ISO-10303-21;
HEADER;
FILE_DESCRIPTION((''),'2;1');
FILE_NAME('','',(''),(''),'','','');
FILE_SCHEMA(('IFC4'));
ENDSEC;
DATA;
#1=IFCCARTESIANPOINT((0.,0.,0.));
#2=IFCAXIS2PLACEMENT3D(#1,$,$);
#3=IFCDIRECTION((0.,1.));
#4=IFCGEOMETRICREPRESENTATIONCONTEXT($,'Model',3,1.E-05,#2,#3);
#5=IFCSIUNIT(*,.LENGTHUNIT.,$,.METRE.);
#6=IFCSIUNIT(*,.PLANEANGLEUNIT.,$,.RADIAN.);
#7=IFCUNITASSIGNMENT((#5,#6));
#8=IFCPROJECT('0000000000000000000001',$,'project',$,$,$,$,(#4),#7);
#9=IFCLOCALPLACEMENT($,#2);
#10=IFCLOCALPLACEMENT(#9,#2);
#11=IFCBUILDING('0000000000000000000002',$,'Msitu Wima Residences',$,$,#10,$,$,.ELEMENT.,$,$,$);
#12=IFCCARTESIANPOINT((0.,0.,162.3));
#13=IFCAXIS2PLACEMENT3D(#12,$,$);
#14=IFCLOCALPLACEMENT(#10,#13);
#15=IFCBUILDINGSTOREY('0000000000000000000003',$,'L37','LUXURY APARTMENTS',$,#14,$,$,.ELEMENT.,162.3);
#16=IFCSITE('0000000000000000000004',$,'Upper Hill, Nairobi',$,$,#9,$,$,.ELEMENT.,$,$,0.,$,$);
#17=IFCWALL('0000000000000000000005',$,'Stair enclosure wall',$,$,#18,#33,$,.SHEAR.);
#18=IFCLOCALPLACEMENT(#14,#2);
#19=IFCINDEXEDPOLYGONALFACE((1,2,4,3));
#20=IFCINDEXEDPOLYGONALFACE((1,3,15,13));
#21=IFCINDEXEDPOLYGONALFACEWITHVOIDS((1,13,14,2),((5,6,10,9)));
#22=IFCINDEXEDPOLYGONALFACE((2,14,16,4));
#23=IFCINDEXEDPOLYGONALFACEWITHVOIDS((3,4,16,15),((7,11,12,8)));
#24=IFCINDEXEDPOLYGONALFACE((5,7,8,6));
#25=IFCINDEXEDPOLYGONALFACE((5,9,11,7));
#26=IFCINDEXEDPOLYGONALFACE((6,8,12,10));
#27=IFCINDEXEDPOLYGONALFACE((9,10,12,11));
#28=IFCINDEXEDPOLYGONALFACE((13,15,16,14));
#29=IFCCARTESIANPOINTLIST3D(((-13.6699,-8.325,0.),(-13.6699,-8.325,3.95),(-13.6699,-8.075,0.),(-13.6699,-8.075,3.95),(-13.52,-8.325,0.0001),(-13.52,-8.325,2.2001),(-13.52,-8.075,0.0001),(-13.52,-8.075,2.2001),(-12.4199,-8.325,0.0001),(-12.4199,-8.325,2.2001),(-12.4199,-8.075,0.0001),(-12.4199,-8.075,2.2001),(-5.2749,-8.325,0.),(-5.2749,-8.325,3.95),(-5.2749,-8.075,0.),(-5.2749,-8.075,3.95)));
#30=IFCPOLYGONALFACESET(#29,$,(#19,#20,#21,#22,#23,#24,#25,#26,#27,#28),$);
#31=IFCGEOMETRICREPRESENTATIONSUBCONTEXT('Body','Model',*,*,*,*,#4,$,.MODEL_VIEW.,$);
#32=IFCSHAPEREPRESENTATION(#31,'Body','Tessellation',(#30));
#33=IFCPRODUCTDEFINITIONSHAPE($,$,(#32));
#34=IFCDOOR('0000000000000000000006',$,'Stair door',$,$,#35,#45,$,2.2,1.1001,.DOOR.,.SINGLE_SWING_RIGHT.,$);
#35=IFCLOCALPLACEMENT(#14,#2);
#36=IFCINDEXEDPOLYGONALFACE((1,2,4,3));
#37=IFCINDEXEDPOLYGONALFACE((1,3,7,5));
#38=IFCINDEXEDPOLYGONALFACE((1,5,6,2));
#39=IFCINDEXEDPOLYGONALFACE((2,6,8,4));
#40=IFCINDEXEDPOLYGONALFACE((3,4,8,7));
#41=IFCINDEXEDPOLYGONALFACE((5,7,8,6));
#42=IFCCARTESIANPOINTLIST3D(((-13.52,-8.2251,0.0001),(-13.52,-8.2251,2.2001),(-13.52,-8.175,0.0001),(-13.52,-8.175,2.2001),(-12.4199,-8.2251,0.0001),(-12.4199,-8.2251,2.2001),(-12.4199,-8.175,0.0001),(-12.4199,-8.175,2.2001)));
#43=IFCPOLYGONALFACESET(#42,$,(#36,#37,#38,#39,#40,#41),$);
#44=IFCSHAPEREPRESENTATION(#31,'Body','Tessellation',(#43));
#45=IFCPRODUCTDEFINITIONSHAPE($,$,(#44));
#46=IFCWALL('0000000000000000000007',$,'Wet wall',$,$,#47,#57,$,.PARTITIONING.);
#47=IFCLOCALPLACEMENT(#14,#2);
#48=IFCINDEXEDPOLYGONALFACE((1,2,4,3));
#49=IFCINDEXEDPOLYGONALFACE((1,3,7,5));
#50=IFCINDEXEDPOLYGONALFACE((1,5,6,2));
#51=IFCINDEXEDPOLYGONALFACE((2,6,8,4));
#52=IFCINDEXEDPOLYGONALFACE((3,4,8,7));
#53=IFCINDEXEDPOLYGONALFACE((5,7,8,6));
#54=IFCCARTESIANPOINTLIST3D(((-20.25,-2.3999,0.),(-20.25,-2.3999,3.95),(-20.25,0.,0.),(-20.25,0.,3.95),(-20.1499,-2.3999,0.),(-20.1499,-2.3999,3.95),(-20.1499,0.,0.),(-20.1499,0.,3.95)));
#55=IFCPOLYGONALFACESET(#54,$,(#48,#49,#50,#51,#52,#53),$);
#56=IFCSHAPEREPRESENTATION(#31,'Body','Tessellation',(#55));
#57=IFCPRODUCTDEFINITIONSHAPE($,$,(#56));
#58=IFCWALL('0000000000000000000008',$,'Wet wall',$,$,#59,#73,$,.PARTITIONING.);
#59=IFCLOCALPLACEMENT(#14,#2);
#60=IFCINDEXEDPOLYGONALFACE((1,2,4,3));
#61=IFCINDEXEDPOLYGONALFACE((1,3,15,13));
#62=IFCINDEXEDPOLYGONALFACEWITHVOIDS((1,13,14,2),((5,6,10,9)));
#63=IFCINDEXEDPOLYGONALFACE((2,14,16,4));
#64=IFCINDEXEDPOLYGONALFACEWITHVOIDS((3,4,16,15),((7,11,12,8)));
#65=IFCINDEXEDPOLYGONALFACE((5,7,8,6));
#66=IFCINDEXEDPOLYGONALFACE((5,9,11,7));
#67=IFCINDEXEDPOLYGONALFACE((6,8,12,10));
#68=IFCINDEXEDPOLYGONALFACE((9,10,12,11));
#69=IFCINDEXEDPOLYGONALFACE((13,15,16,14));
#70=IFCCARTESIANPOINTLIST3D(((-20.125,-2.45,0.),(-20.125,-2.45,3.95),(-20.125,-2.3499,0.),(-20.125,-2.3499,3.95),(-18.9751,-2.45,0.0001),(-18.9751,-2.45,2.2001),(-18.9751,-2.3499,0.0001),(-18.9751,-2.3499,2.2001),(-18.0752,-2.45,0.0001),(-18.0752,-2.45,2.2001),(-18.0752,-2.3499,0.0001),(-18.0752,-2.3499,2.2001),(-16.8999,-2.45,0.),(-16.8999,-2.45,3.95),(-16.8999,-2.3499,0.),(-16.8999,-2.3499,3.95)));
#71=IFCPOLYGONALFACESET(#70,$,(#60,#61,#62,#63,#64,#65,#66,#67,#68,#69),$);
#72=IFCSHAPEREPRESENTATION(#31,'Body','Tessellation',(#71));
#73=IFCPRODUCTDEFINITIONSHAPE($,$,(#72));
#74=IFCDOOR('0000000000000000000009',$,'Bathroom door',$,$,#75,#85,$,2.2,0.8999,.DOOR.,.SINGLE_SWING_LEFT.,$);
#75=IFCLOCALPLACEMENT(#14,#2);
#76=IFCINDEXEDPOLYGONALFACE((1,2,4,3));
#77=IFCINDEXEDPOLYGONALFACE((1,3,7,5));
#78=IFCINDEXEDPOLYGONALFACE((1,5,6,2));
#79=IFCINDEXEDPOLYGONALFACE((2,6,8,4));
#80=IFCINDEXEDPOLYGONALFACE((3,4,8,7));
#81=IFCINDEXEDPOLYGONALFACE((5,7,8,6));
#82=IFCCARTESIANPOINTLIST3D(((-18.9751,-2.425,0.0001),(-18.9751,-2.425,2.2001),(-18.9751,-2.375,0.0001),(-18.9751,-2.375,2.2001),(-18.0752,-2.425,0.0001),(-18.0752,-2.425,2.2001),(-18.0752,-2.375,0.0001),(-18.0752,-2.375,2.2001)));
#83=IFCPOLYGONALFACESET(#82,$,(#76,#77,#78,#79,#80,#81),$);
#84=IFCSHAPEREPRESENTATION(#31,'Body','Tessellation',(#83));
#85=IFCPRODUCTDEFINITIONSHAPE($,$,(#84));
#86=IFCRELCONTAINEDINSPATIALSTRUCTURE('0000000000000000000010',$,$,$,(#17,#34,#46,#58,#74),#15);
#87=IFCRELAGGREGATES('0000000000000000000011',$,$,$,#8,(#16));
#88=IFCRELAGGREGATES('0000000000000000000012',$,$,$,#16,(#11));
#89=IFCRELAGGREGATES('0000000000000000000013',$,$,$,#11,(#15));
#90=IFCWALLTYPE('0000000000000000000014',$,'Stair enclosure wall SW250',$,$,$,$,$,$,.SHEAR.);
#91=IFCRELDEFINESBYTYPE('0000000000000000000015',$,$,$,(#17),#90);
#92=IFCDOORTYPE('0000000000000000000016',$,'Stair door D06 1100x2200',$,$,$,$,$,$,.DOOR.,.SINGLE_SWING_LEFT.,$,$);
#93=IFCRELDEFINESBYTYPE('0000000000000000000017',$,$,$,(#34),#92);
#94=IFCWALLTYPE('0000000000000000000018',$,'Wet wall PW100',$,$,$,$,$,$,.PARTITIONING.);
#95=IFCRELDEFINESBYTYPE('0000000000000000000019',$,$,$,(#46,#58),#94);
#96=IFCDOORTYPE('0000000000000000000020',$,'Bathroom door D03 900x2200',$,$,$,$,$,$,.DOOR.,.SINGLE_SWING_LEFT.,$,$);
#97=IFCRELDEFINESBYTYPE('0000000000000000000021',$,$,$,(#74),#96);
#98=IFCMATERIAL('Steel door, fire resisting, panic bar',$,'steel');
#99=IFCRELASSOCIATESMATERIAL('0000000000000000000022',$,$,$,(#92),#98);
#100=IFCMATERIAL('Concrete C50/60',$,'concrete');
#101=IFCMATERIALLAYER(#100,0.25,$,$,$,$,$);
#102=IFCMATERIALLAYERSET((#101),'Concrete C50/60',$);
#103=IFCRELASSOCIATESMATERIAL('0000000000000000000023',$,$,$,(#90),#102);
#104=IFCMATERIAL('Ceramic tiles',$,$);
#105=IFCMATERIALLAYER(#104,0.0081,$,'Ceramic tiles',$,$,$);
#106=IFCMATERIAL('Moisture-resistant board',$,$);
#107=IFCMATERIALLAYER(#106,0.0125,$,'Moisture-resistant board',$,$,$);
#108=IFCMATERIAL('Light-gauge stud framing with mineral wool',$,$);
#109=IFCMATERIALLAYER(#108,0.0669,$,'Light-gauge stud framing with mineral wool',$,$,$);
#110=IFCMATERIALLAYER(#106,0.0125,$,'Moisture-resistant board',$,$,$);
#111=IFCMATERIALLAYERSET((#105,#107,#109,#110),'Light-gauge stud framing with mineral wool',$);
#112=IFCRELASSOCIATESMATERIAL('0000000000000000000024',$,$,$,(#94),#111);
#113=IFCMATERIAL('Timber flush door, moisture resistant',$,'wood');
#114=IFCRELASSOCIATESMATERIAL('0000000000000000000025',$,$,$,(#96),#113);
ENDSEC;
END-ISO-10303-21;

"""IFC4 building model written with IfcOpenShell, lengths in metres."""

from ifc_helpers import new_model, si_unit, direction, frame, frame_2d, origin, place, context, subcontext, project, spatial, rectangle, extrude, material, layer, layer_set, type_object, element, fill, save


model = new_model("IFC4")

# Units and contexts
model_context = context("Model", 3, precision=1e-05, world=origin(), true_north=direction((0.0, 1.0)))
body_context = subcontext(model_context, "Body", "Model", "MODEL_VIEW")
ifc_project = project(units=[si_unit("LENGTHUNIT", "METRE"), si_unit("PLANEANGLEUNIT", "RADIAN")], contexts=[model_context])

# Site, building, storey
site_placement = place(None, origin())
site = spatial("IfcSite", under=ifc_project, at=site_placement, Name="Upper Hill, Nairobi", CompositionType="ELEMENT", RefElevation=0.0)
building_placement = place(site_placement, origin())
building = spatial("IfcBuilding", under=site, at=building_placement, Name="Msitu Wima Residences", CompositionType="ELEMENT")
storey_placement = place(building_placement, frame((0.0, 0.0, 162.3)))
storey = spatial("IfcBuildingStorey", under=building, at=storey_placement, Name="L37", Description="LUXURY APARTMENTS", CompositionType="ELEMENT", Elevation=162.3)

# Shared definitions
ifc_material_1 = material(Name="Steel door, fire resisting, panic bar", Category="steel")
door_type_1 = type_object("IfcDoorType", Name="Stair door D06 1100x2200", OperationType="SINGLE_SWING_LEFT", PredefinedType="DOOR", material=ifc_material_1)

# Wall, opening, door
ifc_material_2 = material(Name="Concrete C50/60", Category="concrete")
ifc_layer_1 = layer(ifc_material_2, 0.25)
ifc_layer_set_1 = layer_set([ifc_layer_1], Name="Concrete C50/60")
wall_type_1 = type_object("IfcWallType", Name="Stair enclosure wall SW250", PredefinedType="SHEAR", material=ifc_layer_set_1)
wall_1_placement = place(storey_placement, frame((-13.6699, -8.2, 0.0), z_axis=(0.0, 0.0, 1.0), x_axis=(1.0, 0.0, 0.0)))
wall_1 = element("IfcWall", 1, at=wall_1_placement, inside=storey, type_object=wall_type_1, Name="Stair enclosure wall", PredefinedType="SHEAR", context=body_context, shape_type="SweptSolid", body=[
    extrude(rectangle(XDim=8.395, YDim=0.25, at=frame_2d((4.1975, 0.0))), origin(), (0.0, 0.0, 1.0), 3.95),
])
opening_1_placement = place(wall_1_placement, frame((0.1499, 0.0, 0.0)))
opening_1 = element("IfcOpeningElement", 2, at=opening_1_placement, cuts=wall_1, PredefinedType="OPENING", context=body_context, shape_type="SweptSolid", body=[
    extrude(rectangle(XDim=1.1001, YDim=2.2, at=frame_2d((0.55, 1.1001))), frame((0.0, 0.135, 0.0), z_axis=(0.0, -1.0, 0.0), x_axis=(1.0, 0.0, 0.0)), (0.0, 0.0, 1.0), 0.27),
])
door_1_placement = place(opening_1_placement, origin())
door_1 = element("IfcDoor", 3, at=door_1_placement, inside=storey, type_object=door_type_1, Name="Stair door", OperationType="SINGLE_SWING_RIGHT", OverallHeight=2.2, OverallWidth=1.1001, PredefinedType="DOOR", context=body_context, shape_type="SweptSolid", body=[
    extrude(rectangle(XDim=1.1001, YDim=2.2, at=frame_2d((0.55, 1.1001))), frame((0.0, 0.0249, 0.0), z_axis=(0.0, -1.0, 0.0), x_axis=(1.0, 0.0, 0.0)), (0.0, 0.0, 1.0), 0.05),
])
fill(opening_1, door_1)

# Wall
ifc_material_3 = material(Name="Ceramic tiles")
ifc_layer_2 = layer(ifc_material_3, 0.0081, Name="Ceramic tiles")
ifc_material_4 = material(Name="Moisture-resistant board")
ifc_layer_3 = layer(ifc_material_4, 0.0125, Name="Moisture-resistant board")
ifc_material_5 = material(Name="Light-gauge stud framing with mineral wool")
ifc_layer_4 = layer(ifc_material_5, 0.0669, Name="Light-gauge stud framing with mineral wool")
ifc_layer_5 = layer(ifc_material_4, 0.0125, Name="Moisture-resistant board")
ifc_layer_set_2 = layer_set([ifc_layer_2, ifc_layer_3, ifc_layer_4, ifc_layer_5], Name="Light-gauge stud framing with mineral wool")
wall_type_2 = type_object("IfcWallType", Name="Wet wall PW100", PredefinedType="PARTITIONING", material=ifc_layer_set_2)
wall_2_placement = place(storey_placement, frame((-20.2, -2.3999, 0.0), z_axis=(0.0, 0.0, 1.0), x_axis=(0.0, 1.0, 0.0)))
element("IfcWall", 4, at=wall_2_placement, inside=storey, type_object=wall_type_2, Name="Wet wall", PredefinedType="PARTITIONING", context=body_context, shape_type="SweptSolid", body=[
    extrude(rectangle(XDim=2.3999, YDim=0.1001, at=frame_2d((1.2, 0.0))), origin(), (0.0, 0.0, 1.0), 3.95),
])

# Wall, opening, door
wall_3_placement = place(storey_placement, frame((-20.125, -2.3999, 0.0), z_axis=(0.0, 0.0, 1.0), x_axis=(1.0, 0.0, 0.0)))
wall_3 = element("IfcWall", 5, at=wall_3_placement, inside=storey, type_object=wall_type_2, Name="Wet wall", PredefinedType="PARTITIONING", context=body_context, shape_type="SweptSolid", body=[
    extrude(rectangle(XDim=3.2251, YDim=0.1001, at=frame_2d((1.6125, 0.0))), origin(), (0.0, 0.0, 1.0), 3.95),
])
opening_2_placement = place(wall_3_placement, frame((1.1499, 0.0, 0.0)))
opening_2 = element("IfcOpeningElement", 6, at=opening_2_placement, cuts=wall_3, PredefinedType="OPENING", context=body_context, shape_type="SweptSolid", body=[
    extrude(rectangle(XDim=0.8999, YDim=2.2, at=frame_2d((0.45, 1.1001))), frame((0.0, 0.0601, 0.0), z_axis=(0.0, -1.0, 0.0), x_axis=(1.0, 0.0, 0.0)), (0.0, 0.0, 1.0), 0.1201),
])
ifc_material_6 = material(Name="Timber flush door, moisture resistant", Category="wood")
door_type_2 = type_object("IfcDoorType", Name="Bathroom door D03 900x2200", OperationType="SINGLE_SWING_LEFT", PredefinedType="DOOR", material=ifc_material_6)
door_2_placement = place(opening_2_placement, origin())
door_2 = element("IfcDoor", 7, at=door_2_placement, inside=storey, type_object=door_type_2, Name="Bathroom door", OperationType="SINGLE_SWING_LEFT", OverallHeight=2.2, OverallWidth=0.8999, PredefinedType="DOOR", context=body_context, shape_type="SweptSolid", body=[
    extrude(rectangle(XDim=0.8999, YDim=2.2, at=frame_2d((0.45, 1.1001))), frame((0.0, 0.0249, 0.0), z_axis=(0.0, -1.0, 0.0), x_axis=(1.0, 0.0, 0.0)), (0.0, 0.0, 1.0), 0.05),
])
fill(opening_2, door_2)

save(model, "model.ifc")
